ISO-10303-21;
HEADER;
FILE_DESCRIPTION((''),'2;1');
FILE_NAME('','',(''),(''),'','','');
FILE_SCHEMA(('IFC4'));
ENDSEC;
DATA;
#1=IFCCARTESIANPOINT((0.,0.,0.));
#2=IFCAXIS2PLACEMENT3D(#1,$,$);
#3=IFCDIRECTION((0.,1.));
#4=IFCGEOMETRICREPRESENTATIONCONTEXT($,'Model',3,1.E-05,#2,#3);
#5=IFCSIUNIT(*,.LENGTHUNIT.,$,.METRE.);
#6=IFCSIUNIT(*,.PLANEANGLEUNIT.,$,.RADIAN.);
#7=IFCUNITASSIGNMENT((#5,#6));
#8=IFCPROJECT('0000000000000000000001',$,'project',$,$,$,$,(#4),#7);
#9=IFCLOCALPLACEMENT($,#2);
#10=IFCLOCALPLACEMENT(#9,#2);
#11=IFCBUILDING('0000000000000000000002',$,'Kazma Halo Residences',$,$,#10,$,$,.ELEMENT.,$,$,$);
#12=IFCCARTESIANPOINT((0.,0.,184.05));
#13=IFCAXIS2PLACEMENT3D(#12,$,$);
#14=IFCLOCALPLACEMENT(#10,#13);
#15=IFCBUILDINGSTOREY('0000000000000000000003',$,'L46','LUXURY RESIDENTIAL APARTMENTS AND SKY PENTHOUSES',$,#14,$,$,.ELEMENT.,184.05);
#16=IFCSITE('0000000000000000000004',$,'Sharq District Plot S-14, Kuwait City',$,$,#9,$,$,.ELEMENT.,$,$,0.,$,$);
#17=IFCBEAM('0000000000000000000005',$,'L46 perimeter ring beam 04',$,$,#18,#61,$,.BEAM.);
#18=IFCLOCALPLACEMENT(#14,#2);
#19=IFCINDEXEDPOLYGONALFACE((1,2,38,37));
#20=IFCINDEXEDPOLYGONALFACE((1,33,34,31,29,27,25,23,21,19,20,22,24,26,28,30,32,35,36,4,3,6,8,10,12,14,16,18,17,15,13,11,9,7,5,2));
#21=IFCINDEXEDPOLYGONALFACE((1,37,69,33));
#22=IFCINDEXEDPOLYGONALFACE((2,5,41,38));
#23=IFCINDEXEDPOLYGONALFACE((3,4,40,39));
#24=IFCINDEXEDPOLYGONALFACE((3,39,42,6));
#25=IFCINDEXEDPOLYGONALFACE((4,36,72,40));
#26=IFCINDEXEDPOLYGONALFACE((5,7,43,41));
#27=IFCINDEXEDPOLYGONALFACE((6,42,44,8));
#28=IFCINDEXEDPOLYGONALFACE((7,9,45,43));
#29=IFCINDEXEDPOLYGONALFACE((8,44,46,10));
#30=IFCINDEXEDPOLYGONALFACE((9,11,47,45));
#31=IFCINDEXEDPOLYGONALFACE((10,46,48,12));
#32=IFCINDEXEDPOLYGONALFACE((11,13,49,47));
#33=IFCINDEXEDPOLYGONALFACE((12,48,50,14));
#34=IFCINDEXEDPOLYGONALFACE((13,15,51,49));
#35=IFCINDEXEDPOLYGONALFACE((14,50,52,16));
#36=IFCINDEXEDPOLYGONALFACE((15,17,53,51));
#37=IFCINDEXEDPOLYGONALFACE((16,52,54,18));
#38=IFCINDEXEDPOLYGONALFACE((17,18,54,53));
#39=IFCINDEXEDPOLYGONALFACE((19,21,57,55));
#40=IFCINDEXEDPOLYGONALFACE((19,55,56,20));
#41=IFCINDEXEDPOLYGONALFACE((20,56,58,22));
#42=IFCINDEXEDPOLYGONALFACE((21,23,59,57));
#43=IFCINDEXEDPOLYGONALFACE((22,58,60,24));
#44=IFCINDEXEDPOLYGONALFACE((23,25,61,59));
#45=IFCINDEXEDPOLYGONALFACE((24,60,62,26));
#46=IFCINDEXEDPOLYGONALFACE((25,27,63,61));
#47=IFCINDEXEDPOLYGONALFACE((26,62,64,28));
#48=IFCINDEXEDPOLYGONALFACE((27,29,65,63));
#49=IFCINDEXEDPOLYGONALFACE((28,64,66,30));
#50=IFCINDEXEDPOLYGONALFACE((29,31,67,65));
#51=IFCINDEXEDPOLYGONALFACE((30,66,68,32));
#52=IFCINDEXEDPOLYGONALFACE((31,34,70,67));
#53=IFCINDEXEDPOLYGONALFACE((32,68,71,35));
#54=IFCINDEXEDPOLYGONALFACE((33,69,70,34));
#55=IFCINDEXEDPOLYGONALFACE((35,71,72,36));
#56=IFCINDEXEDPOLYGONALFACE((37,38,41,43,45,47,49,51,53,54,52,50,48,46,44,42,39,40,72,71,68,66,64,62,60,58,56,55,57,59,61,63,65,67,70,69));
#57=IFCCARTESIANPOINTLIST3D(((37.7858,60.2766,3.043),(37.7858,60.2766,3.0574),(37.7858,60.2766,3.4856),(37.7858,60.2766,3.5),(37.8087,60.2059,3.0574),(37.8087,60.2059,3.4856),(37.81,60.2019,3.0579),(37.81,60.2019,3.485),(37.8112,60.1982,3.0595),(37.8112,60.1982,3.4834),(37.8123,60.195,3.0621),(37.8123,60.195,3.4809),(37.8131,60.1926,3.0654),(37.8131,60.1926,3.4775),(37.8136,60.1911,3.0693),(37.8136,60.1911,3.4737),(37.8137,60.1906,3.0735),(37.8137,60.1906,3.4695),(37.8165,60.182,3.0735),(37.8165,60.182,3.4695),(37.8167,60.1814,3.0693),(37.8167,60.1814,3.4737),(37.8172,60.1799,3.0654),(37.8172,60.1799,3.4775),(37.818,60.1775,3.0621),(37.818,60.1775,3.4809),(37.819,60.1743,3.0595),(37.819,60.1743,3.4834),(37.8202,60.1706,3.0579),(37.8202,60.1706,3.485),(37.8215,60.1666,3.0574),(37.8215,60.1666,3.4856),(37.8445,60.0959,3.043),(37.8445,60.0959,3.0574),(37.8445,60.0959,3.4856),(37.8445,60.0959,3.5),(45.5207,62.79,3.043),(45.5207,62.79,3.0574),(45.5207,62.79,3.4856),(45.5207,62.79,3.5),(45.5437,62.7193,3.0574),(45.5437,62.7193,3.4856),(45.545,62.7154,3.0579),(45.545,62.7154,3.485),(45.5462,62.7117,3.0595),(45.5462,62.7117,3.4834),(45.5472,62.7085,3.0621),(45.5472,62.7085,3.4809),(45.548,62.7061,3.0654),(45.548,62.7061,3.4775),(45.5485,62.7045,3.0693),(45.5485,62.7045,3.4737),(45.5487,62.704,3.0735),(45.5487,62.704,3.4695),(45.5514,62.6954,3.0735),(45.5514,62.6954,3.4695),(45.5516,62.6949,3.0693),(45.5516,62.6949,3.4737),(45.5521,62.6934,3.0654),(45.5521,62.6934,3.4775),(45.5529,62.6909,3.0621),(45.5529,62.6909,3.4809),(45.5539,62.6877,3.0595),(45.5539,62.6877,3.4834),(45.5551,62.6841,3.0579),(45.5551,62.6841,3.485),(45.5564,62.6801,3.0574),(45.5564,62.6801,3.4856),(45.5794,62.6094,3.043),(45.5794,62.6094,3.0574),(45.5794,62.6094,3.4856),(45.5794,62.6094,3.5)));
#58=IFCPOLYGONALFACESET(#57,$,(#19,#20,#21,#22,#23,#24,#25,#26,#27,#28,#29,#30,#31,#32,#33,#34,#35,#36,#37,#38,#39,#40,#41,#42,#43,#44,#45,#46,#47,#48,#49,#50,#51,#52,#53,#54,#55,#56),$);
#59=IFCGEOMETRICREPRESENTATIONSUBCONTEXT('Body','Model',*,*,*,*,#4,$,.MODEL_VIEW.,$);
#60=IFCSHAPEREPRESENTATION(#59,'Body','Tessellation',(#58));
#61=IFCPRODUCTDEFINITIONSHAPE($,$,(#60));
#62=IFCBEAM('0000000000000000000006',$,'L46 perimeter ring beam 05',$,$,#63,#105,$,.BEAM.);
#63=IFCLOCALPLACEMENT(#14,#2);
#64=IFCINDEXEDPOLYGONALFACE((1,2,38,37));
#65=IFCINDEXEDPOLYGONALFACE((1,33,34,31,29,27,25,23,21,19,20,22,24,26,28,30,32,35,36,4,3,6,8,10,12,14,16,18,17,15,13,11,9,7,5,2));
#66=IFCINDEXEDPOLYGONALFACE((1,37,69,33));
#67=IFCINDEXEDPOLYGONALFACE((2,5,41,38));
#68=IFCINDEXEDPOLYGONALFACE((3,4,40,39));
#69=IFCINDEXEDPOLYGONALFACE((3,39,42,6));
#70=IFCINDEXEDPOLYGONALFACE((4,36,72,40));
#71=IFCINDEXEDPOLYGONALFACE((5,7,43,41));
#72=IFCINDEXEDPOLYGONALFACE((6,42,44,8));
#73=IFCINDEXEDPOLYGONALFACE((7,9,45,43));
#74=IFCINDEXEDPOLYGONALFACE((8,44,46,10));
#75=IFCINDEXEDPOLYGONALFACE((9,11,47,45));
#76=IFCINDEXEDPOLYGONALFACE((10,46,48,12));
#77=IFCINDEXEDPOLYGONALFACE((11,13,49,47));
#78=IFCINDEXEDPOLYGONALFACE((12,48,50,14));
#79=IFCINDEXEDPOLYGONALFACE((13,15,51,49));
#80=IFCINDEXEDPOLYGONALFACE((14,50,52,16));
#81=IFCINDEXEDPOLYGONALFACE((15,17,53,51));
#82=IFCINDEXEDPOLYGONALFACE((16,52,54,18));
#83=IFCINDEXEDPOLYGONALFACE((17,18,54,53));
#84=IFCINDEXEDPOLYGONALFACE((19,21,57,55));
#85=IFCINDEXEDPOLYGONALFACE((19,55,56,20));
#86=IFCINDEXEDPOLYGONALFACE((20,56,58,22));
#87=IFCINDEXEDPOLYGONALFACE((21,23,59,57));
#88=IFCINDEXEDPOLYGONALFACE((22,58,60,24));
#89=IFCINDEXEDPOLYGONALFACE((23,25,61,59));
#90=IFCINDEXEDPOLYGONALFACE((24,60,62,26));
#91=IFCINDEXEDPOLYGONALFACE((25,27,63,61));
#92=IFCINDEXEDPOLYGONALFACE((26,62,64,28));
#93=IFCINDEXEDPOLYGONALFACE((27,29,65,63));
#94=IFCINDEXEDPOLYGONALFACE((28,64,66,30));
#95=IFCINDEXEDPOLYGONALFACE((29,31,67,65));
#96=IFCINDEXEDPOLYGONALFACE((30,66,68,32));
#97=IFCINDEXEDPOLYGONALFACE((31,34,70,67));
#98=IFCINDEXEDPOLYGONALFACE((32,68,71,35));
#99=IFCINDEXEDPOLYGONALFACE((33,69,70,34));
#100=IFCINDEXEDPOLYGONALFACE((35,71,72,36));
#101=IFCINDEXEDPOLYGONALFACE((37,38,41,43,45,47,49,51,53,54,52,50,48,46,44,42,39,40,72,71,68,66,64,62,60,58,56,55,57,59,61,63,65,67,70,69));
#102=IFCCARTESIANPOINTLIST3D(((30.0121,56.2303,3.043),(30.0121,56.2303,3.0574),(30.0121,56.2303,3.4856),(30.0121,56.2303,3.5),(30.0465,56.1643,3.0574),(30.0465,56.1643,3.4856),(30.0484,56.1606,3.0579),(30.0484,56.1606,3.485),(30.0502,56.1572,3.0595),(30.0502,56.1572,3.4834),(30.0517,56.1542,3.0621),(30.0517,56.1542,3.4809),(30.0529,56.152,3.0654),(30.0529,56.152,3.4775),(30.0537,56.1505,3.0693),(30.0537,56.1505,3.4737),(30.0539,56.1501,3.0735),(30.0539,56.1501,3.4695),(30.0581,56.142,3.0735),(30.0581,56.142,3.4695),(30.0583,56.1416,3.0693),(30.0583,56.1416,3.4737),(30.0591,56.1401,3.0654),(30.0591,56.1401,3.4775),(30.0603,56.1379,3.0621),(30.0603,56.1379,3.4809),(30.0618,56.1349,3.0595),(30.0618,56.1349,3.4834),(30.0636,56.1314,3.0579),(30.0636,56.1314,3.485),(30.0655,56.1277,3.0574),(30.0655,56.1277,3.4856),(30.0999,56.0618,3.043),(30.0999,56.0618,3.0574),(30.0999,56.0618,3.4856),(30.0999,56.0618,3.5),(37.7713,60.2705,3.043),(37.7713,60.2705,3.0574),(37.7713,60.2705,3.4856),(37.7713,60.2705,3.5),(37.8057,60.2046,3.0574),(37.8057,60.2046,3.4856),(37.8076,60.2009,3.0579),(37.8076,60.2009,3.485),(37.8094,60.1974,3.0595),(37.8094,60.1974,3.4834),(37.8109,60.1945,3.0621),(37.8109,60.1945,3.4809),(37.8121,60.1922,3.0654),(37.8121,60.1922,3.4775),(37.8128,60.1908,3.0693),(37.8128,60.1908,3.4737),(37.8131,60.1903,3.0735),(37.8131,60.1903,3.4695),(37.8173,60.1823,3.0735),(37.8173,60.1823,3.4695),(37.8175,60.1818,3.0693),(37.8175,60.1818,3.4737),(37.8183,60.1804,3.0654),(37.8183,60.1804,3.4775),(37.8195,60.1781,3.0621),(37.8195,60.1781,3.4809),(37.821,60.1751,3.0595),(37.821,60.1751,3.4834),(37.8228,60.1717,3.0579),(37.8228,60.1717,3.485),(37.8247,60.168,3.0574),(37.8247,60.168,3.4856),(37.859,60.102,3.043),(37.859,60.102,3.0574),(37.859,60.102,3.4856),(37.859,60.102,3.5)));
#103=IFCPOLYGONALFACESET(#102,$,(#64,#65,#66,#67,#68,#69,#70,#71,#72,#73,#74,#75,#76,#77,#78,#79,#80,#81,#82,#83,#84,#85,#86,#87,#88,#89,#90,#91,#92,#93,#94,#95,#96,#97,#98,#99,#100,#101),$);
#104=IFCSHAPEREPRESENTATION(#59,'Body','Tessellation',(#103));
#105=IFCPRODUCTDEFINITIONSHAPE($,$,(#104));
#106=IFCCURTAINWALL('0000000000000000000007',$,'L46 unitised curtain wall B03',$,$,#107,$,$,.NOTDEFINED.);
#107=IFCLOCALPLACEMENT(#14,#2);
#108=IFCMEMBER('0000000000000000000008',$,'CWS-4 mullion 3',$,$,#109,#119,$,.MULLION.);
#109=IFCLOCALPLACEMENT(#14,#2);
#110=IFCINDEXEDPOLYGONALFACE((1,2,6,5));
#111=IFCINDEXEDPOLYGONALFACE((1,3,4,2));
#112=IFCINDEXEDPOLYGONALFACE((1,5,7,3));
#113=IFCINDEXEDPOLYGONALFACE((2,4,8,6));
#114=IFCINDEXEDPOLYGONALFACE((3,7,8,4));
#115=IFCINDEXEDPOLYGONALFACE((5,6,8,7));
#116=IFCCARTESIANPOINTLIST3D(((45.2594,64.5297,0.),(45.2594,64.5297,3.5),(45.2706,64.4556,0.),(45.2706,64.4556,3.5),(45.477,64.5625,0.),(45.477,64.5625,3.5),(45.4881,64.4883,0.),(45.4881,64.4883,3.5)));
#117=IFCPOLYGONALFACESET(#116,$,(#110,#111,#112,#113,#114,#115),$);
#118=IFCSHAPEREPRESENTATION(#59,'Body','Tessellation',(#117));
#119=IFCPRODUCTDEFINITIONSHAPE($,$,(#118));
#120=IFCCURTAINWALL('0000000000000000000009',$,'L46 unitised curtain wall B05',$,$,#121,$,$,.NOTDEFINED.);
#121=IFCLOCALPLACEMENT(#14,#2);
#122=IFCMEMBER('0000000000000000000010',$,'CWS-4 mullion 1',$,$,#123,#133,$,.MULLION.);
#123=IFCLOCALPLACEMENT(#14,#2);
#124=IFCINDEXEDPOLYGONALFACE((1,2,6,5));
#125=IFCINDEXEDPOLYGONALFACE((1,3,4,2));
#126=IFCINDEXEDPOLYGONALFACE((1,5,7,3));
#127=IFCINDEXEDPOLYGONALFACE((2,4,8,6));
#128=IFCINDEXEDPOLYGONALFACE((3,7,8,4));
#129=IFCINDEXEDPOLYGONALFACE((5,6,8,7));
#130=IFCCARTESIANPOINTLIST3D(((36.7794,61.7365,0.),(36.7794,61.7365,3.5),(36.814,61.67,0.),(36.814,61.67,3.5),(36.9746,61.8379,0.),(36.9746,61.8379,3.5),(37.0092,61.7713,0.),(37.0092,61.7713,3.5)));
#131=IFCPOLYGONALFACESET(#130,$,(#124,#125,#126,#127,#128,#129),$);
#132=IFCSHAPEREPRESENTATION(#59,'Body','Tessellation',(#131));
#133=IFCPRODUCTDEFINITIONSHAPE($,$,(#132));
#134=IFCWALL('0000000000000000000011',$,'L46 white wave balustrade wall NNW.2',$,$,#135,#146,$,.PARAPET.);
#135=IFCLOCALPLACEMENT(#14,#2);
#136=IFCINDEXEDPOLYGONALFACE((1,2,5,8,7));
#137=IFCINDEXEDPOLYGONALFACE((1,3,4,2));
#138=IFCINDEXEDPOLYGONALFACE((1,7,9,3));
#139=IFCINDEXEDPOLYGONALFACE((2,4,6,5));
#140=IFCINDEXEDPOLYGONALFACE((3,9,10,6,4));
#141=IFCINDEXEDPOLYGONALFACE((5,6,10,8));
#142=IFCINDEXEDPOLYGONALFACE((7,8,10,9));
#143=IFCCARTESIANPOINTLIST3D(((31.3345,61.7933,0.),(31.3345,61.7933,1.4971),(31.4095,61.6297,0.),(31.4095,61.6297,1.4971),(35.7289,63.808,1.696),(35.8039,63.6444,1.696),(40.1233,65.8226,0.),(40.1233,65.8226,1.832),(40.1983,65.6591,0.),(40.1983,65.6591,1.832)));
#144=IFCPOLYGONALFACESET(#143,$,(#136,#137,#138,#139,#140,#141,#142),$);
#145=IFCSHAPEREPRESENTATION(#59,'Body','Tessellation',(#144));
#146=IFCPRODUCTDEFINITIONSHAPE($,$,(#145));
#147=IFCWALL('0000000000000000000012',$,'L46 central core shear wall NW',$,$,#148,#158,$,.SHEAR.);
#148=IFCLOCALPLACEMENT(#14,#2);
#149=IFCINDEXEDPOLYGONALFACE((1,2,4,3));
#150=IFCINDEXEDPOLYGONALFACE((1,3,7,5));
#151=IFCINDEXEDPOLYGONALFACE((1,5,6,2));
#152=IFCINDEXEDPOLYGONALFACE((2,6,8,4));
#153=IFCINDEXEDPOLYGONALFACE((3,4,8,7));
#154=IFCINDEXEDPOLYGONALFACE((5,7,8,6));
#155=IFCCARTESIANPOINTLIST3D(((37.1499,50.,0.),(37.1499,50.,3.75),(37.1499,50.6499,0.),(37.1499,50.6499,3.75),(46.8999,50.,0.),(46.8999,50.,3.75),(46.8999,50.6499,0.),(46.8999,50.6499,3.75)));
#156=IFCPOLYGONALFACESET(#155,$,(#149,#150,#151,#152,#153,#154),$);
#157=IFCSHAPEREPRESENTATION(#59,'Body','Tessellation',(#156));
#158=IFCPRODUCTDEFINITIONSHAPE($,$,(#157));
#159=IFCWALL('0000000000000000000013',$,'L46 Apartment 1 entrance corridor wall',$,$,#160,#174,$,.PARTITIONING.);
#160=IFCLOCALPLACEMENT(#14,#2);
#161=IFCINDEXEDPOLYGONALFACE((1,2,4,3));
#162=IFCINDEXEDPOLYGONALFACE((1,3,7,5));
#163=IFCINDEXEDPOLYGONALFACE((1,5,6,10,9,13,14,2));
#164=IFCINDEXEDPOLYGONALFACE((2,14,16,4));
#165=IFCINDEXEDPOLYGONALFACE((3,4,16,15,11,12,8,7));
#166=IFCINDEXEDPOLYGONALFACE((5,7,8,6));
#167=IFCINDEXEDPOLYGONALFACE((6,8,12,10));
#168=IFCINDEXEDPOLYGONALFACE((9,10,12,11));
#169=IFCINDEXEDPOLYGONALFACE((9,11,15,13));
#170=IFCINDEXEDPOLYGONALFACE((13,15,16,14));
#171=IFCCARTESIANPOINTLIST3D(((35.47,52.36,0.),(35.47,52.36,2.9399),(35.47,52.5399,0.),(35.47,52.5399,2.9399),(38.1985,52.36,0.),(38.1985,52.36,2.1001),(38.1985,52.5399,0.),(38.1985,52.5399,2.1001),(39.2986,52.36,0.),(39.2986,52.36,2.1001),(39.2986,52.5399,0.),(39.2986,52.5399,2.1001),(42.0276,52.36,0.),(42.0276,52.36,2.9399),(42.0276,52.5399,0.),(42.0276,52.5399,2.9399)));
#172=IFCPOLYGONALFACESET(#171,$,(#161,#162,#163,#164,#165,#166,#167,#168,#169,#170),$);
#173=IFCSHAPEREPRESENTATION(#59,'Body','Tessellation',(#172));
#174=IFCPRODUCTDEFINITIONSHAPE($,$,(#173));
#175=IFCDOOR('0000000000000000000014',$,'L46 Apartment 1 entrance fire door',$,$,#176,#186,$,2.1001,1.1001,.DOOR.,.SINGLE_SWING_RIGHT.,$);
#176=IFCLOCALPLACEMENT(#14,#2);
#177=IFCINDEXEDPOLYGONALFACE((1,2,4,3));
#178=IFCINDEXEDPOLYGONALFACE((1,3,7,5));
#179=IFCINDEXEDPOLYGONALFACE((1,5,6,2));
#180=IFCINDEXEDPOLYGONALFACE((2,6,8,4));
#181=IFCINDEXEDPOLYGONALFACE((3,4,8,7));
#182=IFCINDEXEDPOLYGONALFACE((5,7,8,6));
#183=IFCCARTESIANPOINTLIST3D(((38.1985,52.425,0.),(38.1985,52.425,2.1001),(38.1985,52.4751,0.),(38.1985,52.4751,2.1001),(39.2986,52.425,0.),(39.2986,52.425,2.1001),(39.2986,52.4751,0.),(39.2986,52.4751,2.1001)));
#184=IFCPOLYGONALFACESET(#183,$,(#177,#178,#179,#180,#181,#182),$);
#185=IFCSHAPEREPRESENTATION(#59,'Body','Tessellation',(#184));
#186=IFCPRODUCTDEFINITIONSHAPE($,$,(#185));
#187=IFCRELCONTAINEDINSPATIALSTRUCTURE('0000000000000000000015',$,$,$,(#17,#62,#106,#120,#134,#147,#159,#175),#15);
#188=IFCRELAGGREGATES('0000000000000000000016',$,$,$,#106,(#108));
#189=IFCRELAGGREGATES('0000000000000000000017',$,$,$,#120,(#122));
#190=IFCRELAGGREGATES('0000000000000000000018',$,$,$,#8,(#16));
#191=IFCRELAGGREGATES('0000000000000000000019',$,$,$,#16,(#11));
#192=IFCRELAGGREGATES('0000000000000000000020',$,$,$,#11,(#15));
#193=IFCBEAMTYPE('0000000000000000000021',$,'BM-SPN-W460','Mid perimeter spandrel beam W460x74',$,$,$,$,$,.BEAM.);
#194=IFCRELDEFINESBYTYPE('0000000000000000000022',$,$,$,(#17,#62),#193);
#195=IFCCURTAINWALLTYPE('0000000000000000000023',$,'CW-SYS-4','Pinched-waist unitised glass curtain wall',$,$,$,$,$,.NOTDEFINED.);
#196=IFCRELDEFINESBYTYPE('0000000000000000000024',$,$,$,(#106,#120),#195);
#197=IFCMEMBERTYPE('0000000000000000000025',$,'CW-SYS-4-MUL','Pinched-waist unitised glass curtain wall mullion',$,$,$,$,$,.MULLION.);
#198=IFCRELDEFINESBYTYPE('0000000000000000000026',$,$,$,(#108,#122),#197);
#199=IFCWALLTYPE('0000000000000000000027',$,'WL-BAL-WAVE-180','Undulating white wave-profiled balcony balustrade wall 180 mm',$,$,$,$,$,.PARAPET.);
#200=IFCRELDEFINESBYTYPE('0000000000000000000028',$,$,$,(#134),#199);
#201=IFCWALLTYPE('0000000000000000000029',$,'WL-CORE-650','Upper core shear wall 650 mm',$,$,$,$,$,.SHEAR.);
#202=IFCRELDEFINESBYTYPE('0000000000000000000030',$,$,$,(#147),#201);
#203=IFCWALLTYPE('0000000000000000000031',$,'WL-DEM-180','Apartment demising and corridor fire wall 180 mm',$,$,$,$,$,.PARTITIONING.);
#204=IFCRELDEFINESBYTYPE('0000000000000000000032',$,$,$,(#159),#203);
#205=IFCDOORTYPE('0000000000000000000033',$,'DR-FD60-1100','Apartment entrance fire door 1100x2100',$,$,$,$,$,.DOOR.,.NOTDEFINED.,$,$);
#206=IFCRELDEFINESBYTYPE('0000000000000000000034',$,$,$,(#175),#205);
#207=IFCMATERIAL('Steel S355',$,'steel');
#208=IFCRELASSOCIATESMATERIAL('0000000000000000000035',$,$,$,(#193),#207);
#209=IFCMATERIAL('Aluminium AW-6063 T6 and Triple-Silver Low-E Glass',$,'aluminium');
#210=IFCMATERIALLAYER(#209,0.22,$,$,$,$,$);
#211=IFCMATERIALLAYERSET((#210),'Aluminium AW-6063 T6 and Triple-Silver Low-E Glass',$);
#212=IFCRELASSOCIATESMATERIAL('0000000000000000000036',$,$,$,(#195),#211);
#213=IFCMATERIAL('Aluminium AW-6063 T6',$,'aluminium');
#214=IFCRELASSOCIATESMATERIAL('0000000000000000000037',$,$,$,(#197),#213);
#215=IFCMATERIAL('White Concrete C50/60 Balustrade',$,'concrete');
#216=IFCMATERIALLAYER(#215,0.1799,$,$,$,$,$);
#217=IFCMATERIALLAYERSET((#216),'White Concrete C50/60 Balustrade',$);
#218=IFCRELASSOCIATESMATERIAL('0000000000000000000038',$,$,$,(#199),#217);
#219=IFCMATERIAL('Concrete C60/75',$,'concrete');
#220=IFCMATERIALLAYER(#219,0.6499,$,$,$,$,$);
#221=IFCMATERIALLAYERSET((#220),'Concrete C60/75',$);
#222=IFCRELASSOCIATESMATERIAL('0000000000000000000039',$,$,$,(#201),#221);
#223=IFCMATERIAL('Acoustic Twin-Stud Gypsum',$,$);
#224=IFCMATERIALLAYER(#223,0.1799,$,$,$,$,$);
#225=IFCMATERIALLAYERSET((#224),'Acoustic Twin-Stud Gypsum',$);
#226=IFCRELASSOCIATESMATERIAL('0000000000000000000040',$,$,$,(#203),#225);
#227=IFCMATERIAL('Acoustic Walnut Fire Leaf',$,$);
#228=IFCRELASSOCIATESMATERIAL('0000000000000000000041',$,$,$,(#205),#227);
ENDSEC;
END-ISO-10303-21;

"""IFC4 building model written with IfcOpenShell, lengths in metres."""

from ifc_helpers import new_model, si_unit, direction, frame, frame_2d, origin, origin_2d, place, context, subcontext, project, spatial, polyline, rectangle, i_section, outline, extrude, material, layer, layer_set, material_profile, profile_set, type_object, element, fill, aggregate, save


model = new_model("IFC4")

# Units and contexts
model_context = context("Model", 3, precision=1e-05, world=origin(), true_north=direction((0.0, 1.0)))
body_context = subcontext(model_context, "Body", "Model", "MODEL_VIEW")
ifc_project = project(units=[si_unit("LENGTHUNIT", "METRE"), si_unit("PLANEANGLEUNIT", "RADIAN")], contexts=[model_context])

# Site, building, storey
site_placement = place(None, origin())
site = spatial("IfcSite", under=ifc_project, at=site_placement, Name="Sharq District Plot S-14, Kuwait City", CompositionType="ELEMENT", RefElevation=0.0)
building_placement = place(site_placement, origin())
building = spatial("IfcBuilding", under=site, at=building_placement, Name="Kazma Halo Residences", CompositionType="ELEMENT")
storey_placement = place(building_placement, frame((0.0, 0.0, 184.05)))
storey = spatial("IfcBuildingStorey", under=building, at=storey_placement, Name="L46", Description="LUXURY RESIDENTIAL APARTMENTS AND SKY PENTHOUSES", CompositionType="ELEMENT", Elevation=184.05)

# Beams
ifc_material_1 = material(Name="Steel S355", Category="steel")
ifc_material_profile_1 = material_profile(ifc_material_1, i_section(OverallWidth=0.1899, OverallDepth=0.457, WebThickness=0.009, FlangeThickness=0.0144, FilletRadius=0.0161, at=origin_2d()), Name="W460x74")
ifc_profile_set_1 = profile_set([ifc_material_profile_1], Name="Steel S355")
beam_type_1 = type_object("IfcBeamType", Name="BM-SPN-W460", Description="Mid perimeter spandrel beam W460x74", PredefinedType="BEAM", material=ifc_profile_set_1)
beam_1_placement = place(storey_placement, frame((45.55, 62.6997, 3.2715), z_axis=(-0.951049, -0.309041, 0.0), x_axis=(0.309041, -0.951049, 0.0)))
element("IfcBeam", 1, at=beam_1_placement, inside=storey, type_object=beam_type_1, Name="L46 perimeter ring beam 04", PredefinedType="BEAM", context=body_context, shape_type="SweptSolid", body=[
    extrude(i_section(OverallWidth=0.1899, OverallDepth=0.457, WebThickness=0.009, FlangeThickness=0.0144, FilletRadius=0.0161, at=origin_2d()), origin(), (0.0, 0.0, 1.0), 8.1331),
])
beam_2_placement = place(storey_placement, frame((37.8152, 60.1863, 3.2715), z_axis=(-0.886961, -0.461844, 0.0), x_axis=(0.461844, -0.886961, 0.0)))
element("IfcBeam", 2, at=beam_2_placement, inside=storey, type_object=beam_type_1, Name="L46 perimeter ring beam 05", PredefinedType="BEAM", context=body_context, shape_type="SweptSolid", body=[
    extrude(i_section(OverallWidth=0.1899, OverallDepth=0.457, WebThickness=0.009, FlangeThickness=0.0144, FilletRadius=0.0161, at=origin_2d()), origin(), (0.0, 0.0, 1.0), 8.748),
])

# Curtain walls, members
ifc_material_2 = material(Name="Aluminium AW-6063 T6 and Triple-Silver Low-E Glass", Category="aluminium")
ifc_layer_1 = layer(ifc_material_2, 0.22)
ifc_layer_set_1 = layer_set([ifc_layer_1], Name="Aluminium AW-6063 T6 and Triple-Silver Low-E Glass")
curtain_wall_type = type_object("IfcCurtainWallType", Name="CW-SYS-4", Description="Pinched-waist unitised glass curtain wall", PredefinedType="NOTDEFINED", material=ifc_layer_set_1)
curtain_wall_1_placement = place(storey_placement, origin())
curtain_wall_1 = element("IfcCurtainWall", 3, at=curtain_wall_1_placement, inside=storey, type_object=curtain_wall_type, Name="L46 unitised curtain wall B03", PredefinedType="NOTDEFINED")
ifc_material_3 = material(Name="Aluminium AW-6063 T6", Category="aluminium")
ifc_material_profile_2 = material_profile(ifc_material_3, rectangle(XDim=0.075, YDim=0.22, at=origin_2d()), Name="CWM-75x220")
ifc_profile_set_2 = profile_set([ifc_material_profile_2], Name="Aluminium AW-6063 T6")
member_type = type_object("IfcMemberType", Name="CW-SYS-4-MUL", Description="Pinched-waist unitised glass curtain wall mullion", PredefinedType="MULLION", material=ifc_profile_set_2)
member_1_placement = place(storey_placement, frame((45.3738, 64.509, 0.0), z_axis=(0.0, 0.0, 1.0), x_axis=(0.148773, -0.988871, 0.0)))
member_1 = element("IfcMember", 4, at=member_1_placement, type_object=member_type, Name="CWS-4 mullion 3", PredefinedType="MULLION", context=body_context, shape_type="SweptSolid", body=[
    extrude(rectangle(XDim=0.075, YDim=0.22, at=origin_2d()), origin(), (0.0, 0.0, 1.0), 3.5),
])
aggregate(curtain_wall_1, [member_1])
curtain_wall_2_placement = place(storey_placement, origin())
curtain_wall_2 = element("IfcCurtainWall", 5, at=curtain_wall_2_placement, inside=storey, type_object=curtain_wall_type, Name="L46 unitised curtain wall B05", PredefinedType="NOTDEFINED")
member_2_placement = place(storey_placement, frame((36.8943, 61.7539, 0.0), z_axis=(0.0, 0.0, 1.0), x_axis=(0.460874, -0.887466, 0.0)))
member_2 = element("IfcMember", 6, at=member_2_placement, type_object=member_type, Name="CWS-4 mullion 1", PredefinedType="MULLION", context=body_context, shape_type="SweptSolid", body=[
    extrude(rectangle(XDim=0.075, YDim=0.22, at=origin_2d()), origin(), (0.0, 0.0, 1.0), 3.5),
])
aggregate(curtain_wall_2, [member_2])

# Walls
ifc_material_4 = material(Name="White Concrete C50/60 Balustrade", Category="concrete")
ifc_layer_2 = layer(ifc_material_4, 0.1799)
ifc_layer_set_2 = layer_set([ifc_layer_2], Name="White Concrete C50/60 Balustrade")
wall_type_1 = type_object("IfcWallType", Name="WL-BAL-WAVE-180", Description="Undulating white wave-profiled balcony balustrade wall 180 mm", PredefinedType="PARAPET", material=ifc_layer_set_2)
wall_1_placement = place(storey_placement, frame((40.1609, 65.7407, 0.0), z_axis=(0.0, 0.0, 1.0), x_axis=(-0.909022, -0.416748, 0.0)))
element("IfcWall", 7, at=wall_1_placement, inside=storey, type_object=wall_type_1, Name="L46 white wave balustrade wall NNW.2", PredefinedType="PARAPET", context=body_context, shape_type="SweptSolid", body=[
    extrude(outline(polyline([(0.0, 0.0), (9.6685, 0.0), (9.6685, 1.4971), (4.8342, 1.696), (0.0, 1.832), (0.0, 0.0)])), frame((0.0, 0.0898, 0.0), z_axis=(0.0, -1.0, 0.0), x_axis=(1.0, 0.0, 0.0)), (0.0, 0.0, 1.0), 0.1799),
])
ifc_material_5 = material(Name="Concrete C60/75", Category="concrete")
ifc_layer_3 = layer(ifc_material_5, 0.6499)
ifc_layer_set_3 = layer_set([ifc_layer_3], Name="Concrete C60/75")
wall_type_2 = type_object("IfcWallType", Name="WL-CORE-650", Description="Upper core shear wall 650 mm", PredefinedType="SHEAR", material=ifc_layer_set_3)
wall_2_placement = place(storey_placement, frame((37.1499, 50.325, 0.0), z_axis=(0.0, 0.0, 1.0), x_axis=(1.0, 0.0, 0.0)))
element("IfcWall", 8, at=wall_2_placement, inside=storey, type_object=wall_type_2, Name="L46 central core shear wall NW", PredefinedType="SHEAR", context=body_context, shape_type="SweptSolid", body=[
    extrude(rectangle(XDim=9.75, YDim=0.6499, at=frame_2d((4.875, 0.0))), origin(), (0.0, 0.0, 1.0), 3.75),
])

# Wall, opening, door
ifc_material_6 = material(Name="Acoustic Twin-Stud Gypsum")
ifc_layer_4 = layer(ifc_material_6, 0.1799)
ifc_layer_set_4 = layer_set([ifc_layer_4], Name="Acoustic Twin-Stud Gypsum")
wall_type_3 = type_object("IfcWallType", Name="WL-DEM-180", Description="Apartment demising and corridor fire wall 180 mm", PredefinedType="PARTITIONING", material=ifc_layer_set_4)
wall_3_placement = place(storey_placement, frame((42.0276, 52.45, 0.0), z_axis=(0.0, 0.0, 1.0), x_axis=(-1.0, 0.0, 0.0)))
wall_3 = element("IfcWall", 9, at=wall_3_placement, inside=storey, type_object=wall_type_3, Name="L46 Apartment 1 entrance corridor wall", PredefinedType="PARTITIONING", context=body_context, shape_type="SweptSolid", body=[
    extrude(rectangle(XDim=6.5576, YDim=0.1799, at=frame_2d((3.2788, 0.0))), origin(), (0.0, 0.0, 1.0), 2.9399),
])
opening_1_placement = place(wall_3_placement, frame((2.729, 0.0, 0.0)))
opening_1 = element("IfcOpeningElement", 10, at=opening_1_placement, cuts=wall_3, PredefinedType="OPENING", context=body_context, shape_type="SweptSolid", body=[
    extrude(rectangle(XDim=1.1001, YDim=2.1001, at=frame_2d((0.55, 1.05))), frame((0.0, 0.0999, 0.0), z_axis=(0.0, -1.0, 0.0), x_axis=(1.0, 0.0, 0.0)), (0.0, 0.0, 1.0), 0.2),
])
ifc_material_7 = material(Name="Acoustic Walnut Fire Leaf")
door_type_1 = type_object("IfcDoorType", Name="DR-FD60-1100", Description="Apartment entrance fire door 1100x2100", OperationType="NOTDEFINED", PredefinedType="DOOR", material=ifc_material_7)
door_1_placement = place(opening_1_placement, origin())
door_1 = element("IfcDoor", 11, at=door_1_placement, inside=storey, type_object=door_type_1, Name="L46 Apartment 1 entrance fire door", OperationType="SINGLE_SWING_RIGHT", OverallHeight=2.1001, OverallWidth=1.1001, PredefinedType="DOOR", context=body_context, shape_type="SweptSolid", body=[
    extrude(rectangle(XDim=1.1001, YDim=2.1001, at=frame_2d((0.55, 1.05))), frame((0.0, 0.0249, 0.0), z_axis=(0.0, -1.0, 0.0), x_axis=(1.0, 0.0, 0.0)), (0.0, 0.0, 1.0), 0.05),
])
fill(opening_1, door_1)

save(model, "model.ifc")
